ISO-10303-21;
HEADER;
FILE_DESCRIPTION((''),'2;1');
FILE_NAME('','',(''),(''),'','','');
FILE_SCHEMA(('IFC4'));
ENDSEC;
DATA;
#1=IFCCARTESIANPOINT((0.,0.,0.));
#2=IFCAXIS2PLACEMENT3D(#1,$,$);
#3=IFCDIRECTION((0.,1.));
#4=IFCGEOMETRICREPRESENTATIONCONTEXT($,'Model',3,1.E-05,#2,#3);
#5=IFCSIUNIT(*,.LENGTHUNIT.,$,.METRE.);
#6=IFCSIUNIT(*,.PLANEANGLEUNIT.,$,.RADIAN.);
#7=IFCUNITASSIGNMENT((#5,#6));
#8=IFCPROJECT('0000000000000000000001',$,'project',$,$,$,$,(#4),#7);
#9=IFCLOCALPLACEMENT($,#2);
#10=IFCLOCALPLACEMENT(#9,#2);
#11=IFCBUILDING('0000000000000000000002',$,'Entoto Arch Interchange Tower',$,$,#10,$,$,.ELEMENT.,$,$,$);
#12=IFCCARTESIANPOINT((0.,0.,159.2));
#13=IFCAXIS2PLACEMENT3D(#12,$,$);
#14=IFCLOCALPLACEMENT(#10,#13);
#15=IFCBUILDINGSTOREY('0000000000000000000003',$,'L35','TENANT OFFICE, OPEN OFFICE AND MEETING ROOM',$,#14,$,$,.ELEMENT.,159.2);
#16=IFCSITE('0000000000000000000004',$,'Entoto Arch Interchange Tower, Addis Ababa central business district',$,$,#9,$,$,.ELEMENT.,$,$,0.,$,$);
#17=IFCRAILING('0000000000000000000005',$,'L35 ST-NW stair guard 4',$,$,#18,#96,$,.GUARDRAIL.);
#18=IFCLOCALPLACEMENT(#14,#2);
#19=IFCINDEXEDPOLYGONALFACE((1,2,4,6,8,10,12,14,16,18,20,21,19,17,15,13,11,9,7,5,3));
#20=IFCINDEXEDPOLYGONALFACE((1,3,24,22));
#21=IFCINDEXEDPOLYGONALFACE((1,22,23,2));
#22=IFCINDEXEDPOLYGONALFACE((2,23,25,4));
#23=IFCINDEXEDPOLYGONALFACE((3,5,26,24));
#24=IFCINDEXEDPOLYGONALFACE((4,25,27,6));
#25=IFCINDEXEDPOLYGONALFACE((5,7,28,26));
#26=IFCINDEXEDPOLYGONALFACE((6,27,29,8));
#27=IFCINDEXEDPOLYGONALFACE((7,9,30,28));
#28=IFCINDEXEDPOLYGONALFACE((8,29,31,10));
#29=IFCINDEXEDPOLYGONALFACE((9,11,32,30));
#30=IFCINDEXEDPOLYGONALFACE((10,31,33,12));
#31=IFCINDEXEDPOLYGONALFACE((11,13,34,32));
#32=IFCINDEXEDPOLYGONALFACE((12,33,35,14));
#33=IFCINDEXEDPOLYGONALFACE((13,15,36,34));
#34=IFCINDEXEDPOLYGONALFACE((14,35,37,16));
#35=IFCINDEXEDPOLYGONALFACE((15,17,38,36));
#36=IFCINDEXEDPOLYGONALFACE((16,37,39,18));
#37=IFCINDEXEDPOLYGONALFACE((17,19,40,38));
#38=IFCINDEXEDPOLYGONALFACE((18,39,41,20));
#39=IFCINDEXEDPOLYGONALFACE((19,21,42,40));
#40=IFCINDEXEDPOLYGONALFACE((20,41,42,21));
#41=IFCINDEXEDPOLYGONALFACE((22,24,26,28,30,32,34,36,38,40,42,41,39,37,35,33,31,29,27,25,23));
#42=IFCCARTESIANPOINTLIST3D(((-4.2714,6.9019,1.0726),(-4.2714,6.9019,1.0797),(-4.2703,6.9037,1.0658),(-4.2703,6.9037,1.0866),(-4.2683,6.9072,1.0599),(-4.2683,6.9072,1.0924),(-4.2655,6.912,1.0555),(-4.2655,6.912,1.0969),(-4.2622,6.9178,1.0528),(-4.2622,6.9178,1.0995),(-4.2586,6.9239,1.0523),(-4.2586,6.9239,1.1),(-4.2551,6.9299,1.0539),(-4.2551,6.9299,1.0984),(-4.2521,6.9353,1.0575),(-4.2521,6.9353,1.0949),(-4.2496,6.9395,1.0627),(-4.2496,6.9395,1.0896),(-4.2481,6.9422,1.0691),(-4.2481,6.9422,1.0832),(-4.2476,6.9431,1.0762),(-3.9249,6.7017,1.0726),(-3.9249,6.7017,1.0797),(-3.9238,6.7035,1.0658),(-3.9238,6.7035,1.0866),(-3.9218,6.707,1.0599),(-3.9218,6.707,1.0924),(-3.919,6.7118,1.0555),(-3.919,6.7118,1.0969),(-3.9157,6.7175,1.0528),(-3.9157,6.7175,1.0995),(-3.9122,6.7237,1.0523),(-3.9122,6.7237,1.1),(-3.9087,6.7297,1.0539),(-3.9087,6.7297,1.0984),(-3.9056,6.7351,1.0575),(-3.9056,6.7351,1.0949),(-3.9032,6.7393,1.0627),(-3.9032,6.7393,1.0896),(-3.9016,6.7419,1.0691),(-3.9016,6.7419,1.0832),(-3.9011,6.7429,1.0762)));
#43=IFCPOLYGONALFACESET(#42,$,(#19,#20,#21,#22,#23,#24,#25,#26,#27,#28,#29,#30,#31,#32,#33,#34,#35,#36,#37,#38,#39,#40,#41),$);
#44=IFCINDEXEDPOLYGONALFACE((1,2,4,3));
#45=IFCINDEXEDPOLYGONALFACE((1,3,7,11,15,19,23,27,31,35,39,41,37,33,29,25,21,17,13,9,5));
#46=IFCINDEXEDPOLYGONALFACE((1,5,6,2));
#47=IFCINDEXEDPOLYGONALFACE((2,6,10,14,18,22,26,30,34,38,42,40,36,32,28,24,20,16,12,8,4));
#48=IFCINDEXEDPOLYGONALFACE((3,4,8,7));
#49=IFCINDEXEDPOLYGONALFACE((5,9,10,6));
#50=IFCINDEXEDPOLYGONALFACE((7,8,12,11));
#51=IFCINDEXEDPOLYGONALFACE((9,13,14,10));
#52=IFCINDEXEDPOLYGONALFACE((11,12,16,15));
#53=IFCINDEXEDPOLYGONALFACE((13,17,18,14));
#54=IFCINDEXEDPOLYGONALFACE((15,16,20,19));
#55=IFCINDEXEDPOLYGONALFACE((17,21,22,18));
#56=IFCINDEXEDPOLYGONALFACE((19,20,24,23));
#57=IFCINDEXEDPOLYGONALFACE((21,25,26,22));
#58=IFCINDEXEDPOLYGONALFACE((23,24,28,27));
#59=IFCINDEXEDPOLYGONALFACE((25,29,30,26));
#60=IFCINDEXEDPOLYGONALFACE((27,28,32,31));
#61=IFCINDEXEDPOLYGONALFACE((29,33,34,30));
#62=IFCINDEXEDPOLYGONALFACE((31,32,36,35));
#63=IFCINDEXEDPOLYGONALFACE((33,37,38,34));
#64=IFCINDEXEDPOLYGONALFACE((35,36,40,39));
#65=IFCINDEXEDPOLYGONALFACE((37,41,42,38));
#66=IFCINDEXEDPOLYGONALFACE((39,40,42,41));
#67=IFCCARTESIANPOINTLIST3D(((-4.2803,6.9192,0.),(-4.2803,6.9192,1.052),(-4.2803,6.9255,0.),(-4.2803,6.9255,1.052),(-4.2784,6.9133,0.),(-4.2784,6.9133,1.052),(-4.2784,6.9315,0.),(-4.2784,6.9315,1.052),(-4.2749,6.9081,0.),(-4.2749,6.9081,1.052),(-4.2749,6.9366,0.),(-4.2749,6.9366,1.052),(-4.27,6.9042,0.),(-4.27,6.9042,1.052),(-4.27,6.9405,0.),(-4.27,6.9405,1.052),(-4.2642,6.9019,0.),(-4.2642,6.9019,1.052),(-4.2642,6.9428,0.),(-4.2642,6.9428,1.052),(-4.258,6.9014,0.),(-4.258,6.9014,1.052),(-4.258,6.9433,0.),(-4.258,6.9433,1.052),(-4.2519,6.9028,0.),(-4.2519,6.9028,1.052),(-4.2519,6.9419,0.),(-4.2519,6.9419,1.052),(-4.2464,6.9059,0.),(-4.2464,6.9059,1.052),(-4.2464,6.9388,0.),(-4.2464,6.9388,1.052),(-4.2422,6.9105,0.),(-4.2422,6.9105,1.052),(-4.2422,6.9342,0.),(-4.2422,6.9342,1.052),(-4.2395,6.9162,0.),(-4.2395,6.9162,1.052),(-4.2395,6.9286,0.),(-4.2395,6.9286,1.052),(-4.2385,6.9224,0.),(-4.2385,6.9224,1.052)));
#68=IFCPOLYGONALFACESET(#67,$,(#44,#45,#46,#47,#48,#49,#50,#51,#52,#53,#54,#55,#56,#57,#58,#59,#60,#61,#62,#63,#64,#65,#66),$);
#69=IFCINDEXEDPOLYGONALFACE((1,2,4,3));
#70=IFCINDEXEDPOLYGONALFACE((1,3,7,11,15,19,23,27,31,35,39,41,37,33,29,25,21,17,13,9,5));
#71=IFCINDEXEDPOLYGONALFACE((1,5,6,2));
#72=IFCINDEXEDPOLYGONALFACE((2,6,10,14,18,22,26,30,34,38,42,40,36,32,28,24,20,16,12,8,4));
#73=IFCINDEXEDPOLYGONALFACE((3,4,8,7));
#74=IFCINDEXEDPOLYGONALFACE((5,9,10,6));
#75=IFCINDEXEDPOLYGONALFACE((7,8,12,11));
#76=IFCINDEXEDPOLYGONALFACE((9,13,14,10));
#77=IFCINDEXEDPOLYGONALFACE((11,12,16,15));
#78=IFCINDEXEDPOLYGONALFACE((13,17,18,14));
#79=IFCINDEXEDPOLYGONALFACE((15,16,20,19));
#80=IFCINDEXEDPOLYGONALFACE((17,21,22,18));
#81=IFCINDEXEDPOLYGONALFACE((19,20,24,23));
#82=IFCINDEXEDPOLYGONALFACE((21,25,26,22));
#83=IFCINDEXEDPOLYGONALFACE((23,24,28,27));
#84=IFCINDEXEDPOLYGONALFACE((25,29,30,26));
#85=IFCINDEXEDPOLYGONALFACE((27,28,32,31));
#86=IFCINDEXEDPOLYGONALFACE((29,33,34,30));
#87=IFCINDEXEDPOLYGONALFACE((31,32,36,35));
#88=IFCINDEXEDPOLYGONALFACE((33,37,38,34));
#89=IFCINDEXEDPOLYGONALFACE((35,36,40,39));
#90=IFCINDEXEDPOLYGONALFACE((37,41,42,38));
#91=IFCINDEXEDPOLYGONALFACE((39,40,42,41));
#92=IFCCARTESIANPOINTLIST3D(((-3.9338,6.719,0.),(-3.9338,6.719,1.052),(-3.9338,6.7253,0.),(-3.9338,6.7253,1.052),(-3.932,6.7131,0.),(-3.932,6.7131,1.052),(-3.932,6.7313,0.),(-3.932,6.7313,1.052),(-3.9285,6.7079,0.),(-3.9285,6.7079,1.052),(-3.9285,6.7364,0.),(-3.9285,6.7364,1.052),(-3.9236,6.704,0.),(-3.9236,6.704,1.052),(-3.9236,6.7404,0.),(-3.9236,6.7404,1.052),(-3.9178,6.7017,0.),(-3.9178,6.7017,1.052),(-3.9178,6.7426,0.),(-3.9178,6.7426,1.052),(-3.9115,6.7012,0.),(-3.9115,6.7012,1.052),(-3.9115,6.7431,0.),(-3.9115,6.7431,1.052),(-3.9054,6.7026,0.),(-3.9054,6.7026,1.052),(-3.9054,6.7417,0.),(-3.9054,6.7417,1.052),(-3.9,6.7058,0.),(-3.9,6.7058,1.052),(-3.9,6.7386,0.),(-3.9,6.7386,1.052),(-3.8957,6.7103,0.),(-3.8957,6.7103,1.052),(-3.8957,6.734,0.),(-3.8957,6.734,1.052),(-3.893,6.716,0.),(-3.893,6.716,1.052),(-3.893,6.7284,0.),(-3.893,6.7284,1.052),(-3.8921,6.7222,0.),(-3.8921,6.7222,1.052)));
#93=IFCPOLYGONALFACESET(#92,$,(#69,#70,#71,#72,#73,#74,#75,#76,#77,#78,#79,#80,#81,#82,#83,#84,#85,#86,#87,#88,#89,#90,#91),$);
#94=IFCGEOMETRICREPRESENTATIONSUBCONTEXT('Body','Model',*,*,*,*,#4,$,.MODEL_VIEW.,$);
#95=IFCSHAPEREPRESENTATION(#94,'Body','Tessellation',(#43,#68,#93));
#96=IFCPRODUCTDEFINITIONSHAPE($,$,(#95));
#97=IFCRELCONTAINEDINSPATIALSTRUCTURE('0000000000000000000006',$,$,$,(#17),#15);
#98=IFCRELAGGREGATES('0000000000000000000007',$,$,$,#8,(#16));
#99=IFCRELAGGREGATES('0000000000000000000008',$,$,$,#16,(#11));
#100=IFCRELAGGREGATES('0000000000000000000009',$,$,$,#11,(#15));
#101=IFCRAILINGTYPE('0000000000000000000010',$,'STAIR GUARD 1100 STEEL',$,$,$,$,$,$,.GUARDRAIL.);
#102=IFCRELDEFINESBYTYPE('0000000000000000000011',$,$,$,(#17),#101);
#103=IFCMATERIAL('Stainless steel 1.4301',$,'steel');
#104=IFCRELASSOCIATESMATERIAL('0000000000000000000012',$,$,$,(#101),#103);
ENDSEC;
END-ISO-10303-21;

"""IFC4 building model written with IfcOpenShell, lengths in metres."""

from ifc_helpers import new_model, si_unit, direction, frame, origin, origin_2d, place, context, subcontext, project, spatial, circle, extrude, material, type_object, element, save


model = new_model("IFC4")

# Units and contexts
model_context = context("Model", 3, precision=1e-05, world=origin(), true_north=direction((0.0, 1.0)))
body_context = subcontext(model_context, "Body", "Model", "MODEL_VIEW")
ifc_project = project(units=[si_unit("LENGTHUNIT", "METRE"), si_unit("PLANEANGLEUNIT", "RADIAN")], contexts=[model_context])

# Site, building, storey
site_placement = place(None, origin())
site = spatial("IfcSite", under=ifc_project, at=site_placement, Name="Entoto Arch Interchange Tower, Addis Ababa central business district", CompositionType="ELEMENT", RefElevation=0.0)
building_placement = place(site_placement, origin())
building = spatial("IfcBuilding", under=site, at=building_placement, Name="Entoto Arch Interchange Tower", CompositionType="ELEMENT")
storey_placement = place(building_placement, frame((0.0, 0.0, 159.2)))
storey = spatial("IfcBuildingStorey", under=building, at=storey_placement, Name="L35", Description="TENANT OFFICE, OPEN OFFICE AND MEETING ROOM", CompositionType="ELEMENT", Elevation=159.2)

# Railing
ifc_material_1 = material(Name="Stainless steel 1.4301", Category="steel")
railing_type_1 = type_object("IfcRailingType", Name="STAIR GUARD 1100 STEEL", PredefinedType="GUARDRAIL", material=ifc_material_1)
railing_1_placement = place(storey_placement, frame((-4.2595, 6.9224, 0.0)))
element("IfcRailing", 1, at=railing_1_placement, inside=storey, type_object=railing_type_1, Name="L35 ST-NW stair guard 4", PredefinedType="GUARDRAIL", context=body_context, shape_type="SweptSolid", body=[
    extrude(circle(Radius=0.0239, at=origin_2d()), frame((0.0, 0.0, 1.0762), z_axis=(0.86583, -0.500339, 0.0), x_axis=(0.500339, 0.86583, 0.0)), (0.0, 0.0, 1.0), 0.4001),
    extrude(circle(Radius=0.021, at=origin_2d()), origin(), (0.0, 0.0, 1.0), 1.052),
    extrude(circle(Radius=0.021, at=origin_2d()), frame((0.3464, -0.2002, 0.0)), (0.0, 0.0, 1.0), 1.052),
])

save(model, "model.ifc")
